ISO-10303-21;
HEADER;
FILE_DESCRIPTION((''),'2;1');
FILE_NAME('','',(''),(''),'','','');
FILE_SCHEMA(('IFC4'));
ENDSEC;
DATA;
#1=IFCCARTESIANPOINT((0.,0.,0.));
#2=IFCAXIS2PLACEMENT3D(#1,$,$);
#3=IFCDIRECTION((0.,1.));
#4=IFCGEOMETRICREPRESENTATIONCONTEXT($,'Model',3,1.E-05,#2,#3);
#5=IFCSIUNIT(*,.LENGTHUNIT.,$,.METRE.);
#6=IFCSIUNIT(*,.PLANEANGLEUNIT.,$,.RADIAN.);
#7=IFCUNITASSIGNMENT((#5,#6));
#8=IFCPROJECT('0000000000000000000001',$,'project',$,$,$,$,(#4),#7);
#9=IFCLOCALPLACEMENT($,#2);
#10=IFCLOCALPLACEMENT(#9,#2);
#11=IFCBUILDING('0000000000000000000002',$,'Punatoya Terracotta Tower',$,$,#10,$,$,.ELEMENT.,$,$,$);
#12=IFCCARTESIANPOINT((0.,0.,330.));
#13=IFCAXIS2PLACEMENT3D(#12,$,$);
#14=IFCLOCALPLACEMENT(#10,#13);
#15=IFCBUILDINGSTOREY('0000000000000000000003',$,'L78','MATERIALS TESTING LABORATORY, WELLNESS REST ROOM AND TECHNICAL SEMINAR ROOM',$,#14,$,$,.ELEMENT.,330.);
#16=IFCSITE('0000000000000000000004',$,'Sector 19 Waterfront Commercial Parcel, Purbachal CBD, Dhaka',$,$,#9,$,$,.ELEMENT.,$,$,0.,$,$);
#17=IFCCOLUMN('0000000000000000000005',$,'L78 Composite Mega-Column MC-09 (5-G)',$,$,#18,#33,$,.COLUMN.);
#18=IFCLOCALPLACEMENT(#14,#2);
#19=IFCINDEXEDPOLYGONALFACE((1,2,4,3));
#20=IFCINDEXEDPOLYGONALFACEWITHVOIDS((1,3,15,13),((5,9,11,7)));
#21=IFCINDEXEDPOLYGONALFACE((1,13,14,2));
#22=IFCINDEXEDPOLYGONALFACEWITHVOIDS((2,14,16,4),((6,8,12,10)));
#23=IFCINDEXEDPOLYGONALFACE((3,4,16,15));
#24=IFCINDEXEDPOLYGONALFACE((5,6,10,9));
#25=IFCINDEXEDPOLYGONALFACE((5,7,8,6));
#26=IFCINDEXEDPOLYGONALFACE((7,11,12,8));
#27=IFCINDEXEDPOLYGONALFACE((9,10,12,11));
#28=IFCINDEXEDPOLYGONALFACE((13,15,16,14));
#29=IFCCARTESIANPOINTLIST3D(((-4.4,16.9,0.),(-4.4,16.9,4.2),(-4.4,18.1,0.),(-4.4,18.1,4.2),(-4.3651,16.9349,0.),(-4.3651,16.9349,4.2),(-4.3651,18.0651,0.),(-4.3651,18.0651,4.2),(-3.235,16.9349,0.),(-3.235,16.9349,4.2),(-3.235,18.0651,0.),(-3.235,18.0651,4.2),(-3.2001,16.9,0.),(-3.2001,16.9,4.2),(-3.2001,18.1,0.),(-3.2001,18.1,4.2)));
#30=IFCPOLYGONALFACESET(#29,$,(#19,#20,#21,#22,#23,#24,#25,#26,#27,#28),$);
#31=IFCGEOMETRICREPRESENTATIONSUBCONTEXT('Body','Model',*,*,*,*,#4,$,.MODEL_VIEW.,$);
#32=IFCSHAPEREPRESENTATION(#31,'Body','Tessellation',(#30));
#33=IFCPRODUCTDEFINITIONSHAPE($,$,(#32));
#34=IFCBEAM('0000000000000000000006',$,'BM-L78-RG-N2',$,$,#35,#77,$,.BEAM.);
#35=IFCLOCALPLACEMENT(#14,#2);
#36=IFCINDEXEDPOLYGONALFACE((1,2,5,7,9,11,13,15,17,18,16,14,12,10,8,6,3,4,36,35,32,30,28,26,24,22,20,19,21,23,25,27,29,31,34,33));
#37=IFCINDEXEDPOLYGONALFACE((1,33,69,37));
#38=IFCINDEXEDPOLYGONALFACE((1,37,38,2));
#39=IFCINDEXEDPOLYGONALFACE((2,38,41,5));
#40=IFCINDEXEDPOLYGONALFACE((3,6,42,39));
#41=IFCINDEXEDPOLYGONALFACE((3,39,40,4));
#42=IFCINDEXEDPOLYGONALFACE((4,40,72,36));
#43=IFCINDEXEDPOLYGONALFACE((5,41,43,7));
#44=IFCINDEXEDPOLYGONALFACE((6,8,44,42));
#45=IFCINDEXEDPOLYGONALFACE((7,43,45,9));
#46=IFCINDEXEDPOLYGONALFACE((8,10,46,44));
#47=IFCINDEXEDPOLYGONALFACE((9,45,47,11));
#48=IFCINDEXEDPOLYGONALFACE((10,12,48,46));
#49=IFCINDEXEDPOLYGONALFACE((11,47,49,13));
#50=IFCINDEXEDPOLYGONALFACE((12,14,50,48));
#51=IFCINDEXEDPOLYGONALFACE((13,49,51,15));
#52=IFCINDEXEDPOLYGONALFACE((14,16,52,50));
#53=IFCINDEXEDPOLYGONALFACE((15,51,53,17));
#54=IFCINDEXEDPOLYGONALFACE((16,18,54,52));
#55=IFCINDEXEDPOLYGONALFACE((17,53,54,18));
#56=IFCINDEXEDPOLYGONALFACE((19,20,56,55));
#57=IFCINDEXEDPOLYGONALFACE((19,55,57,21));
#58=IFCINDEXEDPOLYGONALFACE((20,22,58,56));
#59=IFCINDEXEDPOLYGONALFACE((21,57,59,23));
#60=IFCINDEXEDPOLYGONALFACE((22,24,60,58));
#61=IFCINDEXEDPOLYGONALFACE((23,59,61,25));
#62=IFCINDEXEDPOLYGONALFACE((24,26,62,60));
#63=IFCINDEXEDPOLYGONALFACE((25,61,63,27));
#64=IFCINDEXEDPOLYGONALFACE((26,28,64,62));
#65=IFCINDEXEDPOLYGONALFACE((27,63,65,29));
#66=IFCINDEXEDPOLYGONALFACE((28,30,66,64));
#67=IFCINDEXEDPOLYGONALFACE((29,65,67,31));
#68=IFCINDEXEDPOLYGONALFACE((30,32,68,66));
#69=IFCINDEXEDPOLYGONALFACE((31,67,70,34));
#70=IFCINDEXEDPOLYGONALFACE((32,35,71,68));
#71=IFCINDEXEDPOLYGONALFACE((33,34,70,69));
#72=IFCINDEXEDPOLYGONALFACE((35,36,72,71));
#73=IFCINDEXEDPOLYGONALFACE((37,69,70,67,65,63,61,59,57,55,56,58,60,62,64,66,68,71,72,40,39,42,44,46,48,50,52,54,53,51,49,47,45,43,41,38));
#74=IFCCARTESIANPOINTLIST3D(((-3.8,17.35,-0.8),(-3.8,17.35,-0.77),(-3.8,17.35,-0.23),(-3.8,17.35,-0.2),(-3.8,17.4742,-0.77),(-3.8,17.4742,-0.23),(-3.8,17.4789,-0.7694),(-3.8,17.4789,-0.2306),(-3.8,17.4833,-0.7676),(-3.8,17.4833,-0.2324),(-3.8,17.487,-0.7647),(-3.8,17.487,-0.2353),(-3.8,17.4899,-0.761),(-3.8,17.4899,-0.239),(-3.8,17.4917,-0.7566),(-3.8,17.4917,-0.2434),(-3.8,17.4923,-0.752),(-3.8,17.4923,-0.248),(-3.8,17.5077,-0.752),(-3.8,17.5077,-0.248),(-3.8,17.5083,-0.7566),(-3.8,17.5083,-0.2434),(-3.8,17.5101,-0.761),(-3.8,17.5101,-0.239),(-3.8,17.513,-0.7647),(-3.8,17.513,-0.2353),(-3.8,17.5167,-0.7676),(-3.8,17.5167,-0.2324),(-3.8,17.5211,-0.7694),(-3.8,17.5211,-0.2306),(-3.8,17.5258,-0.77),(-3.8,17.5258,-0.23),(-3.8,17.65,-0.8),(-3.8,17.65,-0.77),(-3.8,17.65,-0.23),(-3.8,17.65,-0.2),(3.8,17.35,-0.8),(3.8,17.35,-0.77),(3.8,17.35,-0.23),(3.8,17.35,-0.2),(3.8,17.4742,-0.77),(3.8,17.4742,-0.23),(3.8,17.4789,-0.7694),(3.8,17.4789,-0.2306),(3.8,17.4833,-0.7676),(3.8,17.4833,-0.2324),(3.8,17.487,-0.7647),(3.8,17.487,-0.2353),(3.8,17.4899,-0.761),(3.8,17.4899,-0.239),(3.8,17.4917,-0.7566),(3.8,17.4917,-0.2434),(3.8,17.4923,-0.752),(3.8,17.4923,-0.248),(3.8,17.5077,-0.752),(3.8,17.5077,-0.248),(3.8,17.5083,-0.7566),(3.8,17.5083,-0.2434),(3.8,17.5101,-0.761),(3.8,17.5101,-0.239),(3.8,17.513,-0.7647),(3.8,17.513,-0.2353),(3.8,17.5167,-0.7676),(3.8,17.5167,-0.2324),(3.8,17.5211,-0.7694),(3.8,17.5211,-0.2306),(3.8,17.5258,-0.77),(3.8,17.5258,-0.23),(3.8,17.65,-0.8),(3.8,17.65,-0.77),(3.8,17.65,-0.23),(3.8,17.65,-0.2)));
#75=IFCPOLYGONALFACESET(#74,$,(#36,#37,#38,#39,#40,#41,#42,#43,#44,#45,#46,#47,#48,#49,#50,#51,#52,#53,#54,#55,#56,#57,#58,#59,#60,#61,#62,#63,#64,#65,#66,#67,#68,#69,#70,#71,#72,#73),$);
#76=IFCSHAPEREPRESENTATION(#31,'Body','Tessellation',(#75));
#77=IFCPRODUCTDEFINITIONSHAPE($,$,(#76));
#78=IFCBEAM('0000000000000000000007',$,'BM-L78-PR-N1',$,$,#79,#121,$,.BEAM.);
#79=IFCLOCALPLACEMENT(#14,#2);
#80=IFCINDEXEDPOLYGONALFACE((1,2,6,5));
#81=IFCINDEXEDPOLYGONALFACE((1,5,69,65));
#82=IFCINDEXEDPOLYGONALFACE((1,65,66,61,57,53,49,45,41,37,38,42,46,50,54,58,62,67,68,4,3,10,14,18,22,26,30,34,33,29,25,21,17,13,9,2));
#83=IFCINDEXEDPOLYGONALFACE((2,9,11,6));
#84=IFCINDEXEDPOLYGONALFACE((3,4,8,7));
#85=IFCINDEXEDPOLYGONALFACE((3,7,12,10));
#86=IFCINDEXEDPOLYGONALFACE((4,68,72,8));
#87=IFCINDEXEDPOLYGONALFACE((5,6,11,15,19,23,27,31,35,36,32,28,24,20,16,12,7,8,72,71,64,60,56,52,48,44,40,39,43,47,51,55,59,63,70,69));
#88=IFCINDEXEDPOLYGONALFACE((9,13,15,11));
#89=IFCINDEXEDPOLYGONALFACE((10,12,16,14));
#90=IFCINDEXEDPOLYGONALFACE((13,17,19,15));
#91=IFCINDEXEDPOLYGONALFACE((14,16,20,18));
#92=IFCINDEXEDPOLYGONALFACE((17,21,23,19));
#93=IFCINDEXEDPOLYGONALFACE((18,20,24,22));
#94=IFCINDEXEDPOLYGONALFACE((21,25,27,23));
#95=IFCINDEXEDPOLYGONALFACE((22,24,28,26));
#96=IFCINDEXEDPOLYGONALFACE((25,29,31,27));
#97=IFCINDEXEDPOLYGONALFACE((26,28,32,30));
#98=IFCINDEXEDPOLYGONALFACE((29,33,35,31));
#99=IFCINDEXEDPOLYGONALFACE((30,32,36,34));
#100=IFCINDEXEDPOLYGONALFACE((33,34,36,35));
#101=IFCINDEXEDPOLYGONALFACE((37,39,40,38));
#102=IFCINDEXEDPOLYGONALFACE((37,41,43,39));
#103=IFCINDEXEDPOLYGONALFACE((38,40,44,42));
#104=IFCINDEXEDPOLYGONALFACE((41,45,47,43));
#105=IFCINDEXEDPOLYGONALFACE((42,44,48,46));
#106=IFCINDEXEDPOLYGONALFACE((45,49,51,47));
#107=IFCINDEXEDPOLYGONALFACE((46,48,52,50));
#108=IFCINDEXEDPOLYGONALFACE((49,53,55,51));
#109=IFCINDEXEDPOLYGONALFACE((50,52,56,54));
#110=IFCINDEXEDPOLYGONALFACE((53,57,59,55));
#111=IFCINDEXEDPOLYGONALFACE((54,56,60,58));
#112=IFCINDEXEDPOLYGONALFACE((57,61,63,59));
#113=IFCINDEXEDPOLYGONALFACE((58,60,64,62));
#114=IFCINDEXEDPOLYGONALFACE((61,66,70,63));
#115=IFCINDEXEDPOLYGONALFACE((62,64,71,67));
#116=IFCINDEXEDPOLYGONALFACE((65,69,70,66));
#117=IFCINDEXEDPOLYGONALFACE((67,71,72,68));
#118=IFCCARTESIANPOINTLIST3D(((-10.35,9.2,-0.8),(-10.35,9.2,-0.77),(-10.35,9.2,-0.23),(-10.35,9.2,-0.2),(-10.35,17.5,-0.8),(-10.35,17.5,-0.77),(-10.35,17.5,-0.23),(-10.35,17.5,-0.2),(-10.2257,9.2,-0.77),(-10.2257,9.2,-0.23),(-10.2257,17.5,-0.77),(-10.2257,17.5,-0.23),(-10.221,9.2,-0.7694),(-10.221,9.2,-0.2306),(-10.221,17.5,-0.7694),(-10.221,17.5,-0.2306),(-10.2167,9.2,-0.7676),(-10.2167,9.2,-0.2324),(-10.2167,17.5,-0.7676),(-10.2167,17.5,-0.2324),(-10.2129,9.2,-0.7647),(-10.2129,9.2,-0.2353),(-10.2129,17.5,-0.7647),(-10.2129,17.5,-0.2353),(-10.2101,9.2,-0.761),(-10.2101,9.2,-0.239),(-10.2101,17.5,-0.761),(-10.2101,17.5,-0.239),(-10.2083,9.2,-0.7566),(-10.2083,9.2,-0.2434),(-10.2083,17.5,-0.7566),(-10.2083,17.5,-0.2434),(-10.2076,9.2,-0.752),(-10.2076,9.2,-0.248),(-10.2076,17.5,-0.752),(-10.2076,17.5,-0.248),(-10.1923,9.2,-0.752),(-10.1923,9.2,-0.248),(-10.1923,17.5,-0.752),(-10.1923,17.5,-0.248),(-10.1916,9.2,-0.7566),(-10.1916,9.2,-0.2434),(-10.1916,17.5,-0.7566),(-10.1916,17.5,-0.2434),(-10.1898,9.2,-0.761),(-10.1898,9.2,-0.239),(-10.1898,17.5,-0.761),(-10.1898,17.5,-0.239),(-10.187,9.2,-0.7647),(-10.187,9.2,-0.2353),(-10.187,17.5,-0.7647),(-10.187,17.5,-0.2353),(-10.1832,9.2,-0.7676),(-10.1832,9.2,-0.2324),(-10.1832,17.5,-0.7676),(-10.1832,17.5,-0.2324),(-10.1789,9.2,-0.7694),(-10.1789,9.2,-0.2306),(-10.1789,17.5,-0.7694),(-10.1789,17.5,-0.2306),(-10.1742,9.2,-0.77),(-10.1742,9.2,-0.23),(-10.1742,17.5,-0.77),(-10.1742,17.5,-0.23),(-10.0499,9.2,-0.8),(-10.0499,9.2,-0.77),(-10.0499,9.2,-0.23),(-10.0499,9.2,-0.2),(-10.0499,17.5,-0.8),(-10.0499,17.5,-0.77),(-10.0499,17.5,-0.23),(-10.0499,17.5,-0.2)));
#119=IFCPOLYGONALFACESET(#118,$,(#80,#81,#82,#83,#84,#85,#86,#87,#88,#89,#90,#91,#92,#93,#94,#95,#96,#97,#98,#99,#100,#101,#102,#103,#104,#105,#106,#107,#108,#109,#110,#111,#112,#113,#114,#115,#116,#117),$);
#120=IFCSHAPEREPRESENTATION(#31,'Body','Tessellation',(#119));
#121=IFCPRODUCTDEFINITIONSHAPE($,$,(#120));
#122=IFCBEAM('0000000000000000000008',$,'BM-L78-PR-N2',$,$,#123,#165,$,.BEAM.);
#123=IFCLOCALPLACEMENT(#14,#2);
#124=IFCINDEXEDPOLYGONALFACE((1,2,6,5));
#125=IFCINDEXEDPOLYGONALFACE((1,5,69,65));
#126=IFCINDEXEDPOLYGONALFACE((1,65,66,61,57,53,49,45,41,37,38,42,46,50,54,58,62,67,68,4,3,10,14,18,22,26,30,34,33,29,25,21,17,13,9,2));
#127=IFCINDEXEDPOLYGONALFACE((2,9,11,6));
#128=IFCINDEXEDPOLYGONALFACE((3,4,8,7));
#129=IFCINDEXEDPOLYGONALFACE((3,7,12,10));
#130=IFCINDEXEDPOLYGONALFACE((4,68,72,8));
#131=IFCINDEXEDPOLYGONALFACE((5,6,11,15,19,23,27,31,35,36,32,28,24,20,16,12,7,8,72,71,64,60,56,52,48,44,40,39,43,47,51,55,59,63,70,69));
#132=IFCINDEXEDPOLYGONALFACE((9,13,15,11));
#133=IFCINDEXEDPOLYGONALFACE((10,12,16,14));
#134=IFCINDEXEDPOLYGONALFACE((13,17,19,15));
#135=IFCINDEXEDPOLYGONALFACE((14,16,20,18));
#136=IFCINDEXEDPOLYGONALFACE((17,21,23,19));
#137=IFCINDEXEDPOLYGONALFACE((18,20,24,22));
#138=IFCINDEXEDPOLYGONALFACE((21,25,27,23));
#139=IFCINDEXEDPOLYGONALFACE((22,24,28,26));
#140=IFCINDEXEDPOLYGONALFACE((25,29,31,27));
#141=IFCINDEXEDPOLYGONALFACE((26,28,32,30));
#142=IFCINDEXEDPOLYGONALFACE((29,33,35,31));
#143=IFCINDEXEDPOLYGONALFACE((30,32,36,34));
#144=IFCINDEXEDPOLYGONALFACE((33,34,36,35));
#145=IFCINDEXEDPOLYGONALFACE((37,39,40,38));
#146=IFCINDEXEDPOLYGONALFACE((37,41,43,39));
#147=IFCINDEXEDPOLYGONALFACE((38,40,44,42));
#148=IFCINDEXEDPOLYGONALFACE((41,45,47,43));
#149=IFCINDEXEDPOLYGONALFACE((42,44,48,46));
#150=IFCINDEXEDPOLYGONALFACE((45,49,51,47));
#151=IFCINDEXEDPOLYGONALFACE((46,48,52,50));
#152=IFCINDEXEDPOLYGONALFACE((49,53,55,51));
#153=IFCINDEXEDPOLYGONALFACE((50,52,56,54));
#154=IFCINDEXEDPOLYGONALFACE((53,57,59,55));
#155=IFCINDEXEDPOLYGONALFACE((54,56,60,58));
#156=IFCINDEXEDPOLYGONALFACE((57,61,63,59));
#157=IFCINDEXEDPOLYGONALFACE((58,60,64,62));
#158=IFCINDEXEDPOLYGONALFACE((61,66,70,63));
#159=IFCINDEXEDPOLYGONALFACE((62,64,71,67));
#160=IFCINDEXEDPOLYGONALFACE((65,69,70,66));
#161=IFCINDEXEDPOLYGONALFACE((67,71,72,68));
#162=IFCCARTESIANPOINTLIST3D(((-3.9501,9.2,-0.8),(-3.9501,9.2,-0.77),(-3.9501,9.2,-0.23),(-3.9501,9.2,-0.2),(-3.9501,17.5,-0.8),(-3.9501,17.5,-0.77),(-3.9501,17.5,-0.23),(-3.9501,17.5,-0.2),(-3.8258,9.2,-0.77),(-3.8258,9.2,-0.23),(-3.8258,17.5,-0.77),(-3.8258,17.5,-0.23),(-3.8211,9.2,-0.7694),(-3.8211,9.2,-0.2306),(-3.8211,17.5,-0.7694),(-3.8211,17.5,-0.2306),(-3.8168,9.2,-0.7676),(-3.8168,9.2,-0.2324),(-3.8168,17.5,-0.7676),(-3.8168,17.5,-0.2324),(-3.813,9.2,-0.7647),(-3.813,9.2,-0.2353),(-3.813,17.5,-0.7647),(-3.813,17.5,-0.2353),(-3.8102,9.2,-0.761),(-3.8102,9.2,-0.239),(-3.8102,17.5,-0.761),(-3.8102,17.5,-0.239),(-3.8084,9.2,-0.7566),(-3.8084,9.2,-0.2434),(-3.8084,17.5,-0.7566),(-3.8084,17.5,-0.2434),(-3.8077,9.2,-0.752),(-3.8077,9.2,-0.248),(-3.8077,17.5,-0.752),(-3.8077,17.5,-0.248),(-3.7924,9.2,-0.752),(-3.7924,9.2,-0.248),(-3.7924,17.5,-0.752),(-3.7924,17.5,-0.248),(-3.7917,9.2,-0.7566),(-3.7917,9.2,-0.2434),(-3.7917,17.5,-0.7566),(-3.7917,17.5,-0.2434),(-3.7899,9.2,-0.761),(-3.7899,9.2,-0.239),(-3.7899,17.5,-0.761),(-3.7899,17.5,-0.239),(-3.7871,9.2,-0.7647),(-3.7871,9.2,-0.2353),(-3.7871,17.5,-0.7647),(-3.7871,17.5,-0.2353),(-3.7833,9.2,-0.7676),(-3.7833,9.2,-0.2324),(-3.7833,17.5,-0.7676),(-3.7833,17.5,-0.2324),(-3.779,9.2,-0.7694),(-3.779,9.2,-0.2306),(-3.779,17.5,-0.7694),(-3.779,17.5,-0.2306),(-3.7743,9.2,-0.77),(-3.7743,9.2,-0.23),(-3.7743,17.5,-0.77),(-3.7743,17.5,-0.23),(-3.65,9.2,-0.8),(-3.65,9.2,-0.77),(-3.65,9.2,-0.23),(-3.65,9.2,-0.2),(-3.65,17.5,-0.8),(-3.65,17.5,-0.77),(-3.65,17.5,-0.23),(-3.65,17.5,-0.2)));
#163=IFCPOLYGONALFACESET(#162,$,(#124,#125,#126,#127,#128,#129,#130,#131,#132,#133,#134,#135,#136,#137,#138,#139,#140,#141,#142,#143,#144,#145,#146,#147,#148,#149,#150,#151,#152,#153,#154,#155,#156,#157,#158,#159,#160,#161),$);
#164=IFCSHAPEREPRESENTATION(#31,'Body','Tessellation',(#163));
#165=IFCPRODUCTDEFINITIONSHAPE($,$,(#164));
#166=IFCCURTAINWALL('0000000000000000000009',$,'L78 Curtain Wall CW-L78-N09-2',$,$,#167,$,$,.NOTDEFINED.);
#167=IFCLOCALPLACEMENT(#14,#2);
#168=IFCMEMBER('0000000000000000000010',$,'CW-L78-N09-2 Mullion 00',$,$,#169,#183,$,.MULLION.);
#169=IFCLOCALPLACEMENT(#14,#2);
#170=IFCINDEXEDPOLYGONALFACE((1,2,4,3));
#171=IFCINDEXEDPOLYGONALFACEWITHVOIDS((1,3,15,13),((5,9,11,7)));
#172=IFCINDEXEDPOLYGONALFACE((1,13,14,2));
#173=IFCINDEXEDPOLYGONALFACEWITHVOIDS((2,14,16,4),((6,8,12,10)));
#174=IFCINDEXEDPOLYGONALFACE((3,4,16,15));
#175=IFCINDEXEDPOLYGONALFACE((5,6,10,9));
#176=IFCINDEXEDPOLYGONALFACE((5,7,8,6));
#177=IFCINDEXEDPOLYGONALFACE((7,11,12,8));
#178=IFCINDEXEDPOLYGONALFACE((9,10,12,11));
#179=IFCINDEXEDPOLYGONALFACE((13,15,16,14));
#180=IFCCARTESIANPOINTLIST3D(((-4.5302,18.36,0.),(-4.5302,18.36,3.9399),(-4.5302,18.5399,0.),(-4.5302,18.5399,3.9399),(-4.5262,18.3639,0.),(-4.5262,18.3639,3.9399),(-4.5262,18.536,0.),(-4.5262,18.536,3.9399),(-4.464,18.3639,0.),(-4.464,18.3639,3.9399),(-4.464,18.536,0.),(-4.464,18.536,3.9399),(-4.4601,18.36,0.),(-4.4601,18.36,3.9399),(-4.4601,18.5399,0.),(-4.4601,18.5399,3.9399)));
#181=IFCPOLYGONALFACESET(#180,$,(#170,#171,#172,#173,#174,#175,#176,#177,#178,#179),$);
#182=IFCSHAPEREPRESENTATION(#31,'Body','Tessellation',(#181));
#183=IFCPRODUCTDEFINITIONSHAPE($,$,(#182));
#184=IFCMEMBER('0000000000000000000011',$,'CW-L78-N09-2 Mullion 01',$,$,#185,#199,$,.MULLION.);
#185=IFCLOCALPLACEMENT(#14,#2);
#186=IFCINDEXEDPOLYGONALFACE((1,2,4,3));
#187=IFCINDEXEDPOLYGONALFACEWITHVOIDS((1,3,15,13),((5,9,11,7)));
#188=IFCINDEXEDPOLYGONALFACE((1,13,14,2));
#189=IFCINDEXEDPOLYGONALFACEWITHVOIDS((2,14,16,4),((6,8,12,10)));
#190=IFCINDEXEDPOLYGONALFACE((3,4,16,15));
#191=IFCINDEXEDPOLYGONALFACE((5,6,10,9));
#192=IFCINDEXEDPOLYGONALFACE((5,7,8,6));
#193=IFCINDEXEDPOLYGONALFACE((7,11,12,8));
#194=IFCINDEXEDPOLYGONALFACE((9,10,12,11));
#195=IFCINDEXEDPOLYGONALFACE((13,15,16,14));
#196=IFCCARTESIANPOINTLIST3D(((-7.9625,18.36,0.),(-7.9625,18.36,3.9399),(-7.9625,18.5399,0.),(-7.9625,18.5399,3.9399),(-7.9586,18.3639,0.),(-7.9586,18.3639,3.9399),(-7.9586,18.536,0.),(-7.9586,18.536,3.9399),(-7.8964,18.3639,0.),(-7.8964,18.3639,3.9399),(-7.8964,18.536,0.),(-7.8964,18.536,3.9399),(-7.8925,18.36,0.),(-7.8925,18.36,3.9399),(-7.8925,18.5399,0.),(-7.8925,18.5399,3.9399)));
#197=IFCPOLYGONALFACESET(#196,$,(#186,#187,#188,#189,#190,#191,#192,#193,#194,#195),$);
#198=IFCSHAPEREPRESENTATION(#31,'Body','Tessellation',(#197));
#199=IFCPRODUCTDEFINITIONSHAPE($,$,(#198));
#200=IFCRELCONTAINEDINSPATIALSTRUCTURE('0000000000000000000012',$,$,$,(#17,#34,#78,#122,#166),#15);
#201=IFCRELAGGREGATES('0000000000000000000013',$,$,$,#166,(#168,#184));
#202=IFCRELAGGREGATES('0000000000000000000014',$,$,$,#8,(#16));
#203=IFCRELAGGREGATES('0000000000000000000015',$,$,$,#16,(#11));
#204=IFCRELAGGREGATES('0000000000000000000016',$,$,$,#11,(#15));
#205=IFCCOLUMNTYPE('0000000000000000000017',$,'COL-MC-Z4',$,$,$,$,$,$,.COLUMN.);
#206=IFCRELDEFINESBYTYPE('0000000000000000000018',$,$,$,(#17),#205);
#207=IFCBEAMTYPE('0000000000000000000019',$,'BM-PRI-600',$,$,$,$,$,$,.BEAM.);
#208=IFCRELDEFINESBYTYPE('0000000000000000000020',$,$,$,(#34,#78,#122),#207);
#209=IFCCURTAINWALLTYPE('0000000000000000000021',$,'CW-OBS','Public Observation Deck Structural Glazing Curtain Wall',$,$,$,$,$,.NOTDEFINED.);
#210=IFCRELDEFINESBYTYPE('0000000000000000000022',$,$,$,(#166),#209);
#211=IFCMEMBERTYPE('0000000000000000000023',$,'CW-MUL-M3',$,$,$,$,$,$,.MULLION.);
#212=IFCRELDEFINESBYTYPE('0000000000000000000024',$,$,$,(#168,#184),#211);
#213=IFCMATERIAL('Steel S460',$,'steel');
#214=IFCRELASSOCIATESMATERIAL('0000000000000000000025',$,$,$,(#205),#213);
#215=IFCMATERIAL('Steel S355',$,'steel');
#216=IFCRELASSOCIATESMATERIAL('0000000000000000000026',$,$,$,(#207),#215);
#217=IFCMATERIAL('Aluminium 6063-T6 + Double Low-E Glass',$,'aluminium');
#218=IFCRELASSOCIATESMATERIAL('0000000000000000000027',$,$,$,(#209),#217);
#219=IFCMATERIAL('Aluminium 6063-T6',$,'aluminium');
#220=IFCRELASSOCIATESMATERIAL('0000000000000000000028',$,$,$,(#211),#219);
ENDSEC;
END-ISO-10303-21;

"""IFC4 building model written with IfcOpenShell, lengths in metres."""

from ifc_helpers import new_model, si_unit, direction, frame, origin, origin_2d, place, context, subcontext, project, spatial, hollow_rectangle, i_section, extrude, material, material_profile, profile_set, type_object, element, aggregate, save


model = new_model("IFC4")

# Units and contexts
model_context = context("Model", 3, precision=1e-05, world=origin(), true_north=direction((0.0, 1.0)))
body_context = subcontext(model_context, "Body", "Model", "MODEL_VIEW")
ifc_project = project(units=[si_unit("LENGTHUNIT", "METRE"), si_unit("PLANEANGLEUNIT", "RADIAN")], contexts=[model_context])

# Site, building, storey
site_placement = place(None, origin())
site = spatial("IfcSite", under=ifc_project, at=site_placement, Name="Sector 19 Waterfront Commercial Parcel, Purbachal CBD, Dhaka", CompositionType="ELEMENT", RefElevation=0.0)
building_placement = place(site_placement, origin())
building = spatial("IfcBuilding", under=site, at=building_placement, Name="Punatoya Terracotta Tower", CompositionType="ELEMENT")
storey_placement = place(building_placement, frame((0.0, 0.0, 330.0)))
storey = spatial("IfcBuildingStorey", under=building, at=storey_placement, Name="L78", Description="MATERIALS TESTING LABORATORY, WELLNESS REST ROOM AND TECHNICAL SEMINAR ROOM", CompositionType="ELEMENT", Elevation=330.0)

# Column
ifc_material_1 = material(Name="Steel S460", Category="steel")
ifc_material_profile_1 = material_profile(ifc_material_1, hollow_rectangle(XDim=1.2, YDim=1.2, WallThickness=0.0349, at=origin_2d()))
ifc_profile_set_1 = profile_set([ifc_material_profile_1], Name="Steel S460")
column_type = type_object("IfcColumnType", Name="COL-MC-Z4", PredefinedType="COLUMN", material=ifc_profile_set_1)
column_placement = place(storey_placement, frame((-3.8, 17.5, 0.0), z_axis=(0.0, 0.0, 1.0), x_axis=(1.0, 0.0, 0.0)))
element("IfcColumn", 1, at=column_placement, inside=storey, type_object=column_type, Name="L78 Composite Mega-Column MC-09 (5-G)", PredefinedType="COLUMN", context=body_context, shape_type="SweptSolid", body=[
    extrude(hollow_rectangle(XDim=1.2, YDim=1.2, WallThickness=0.0349, at=origin_2d()), origin(), (0.0, 0.0, 1.0), 4.2),
])

# Beams
ifc_material_2 = material(Name="Steel S355", Category="steel")
ifc_material_profile_2 = material_profile(ifc_material_2, i_section(OverallWidth=0.3, OverallDepth=0.6001, WebThickness=0.0154, FlangeThickness=0.03, FilletRadius=0.0181, at=origin_2d()))
ifc_profile_set_2 = profile_set([ifc_material_profile_2], Name="Steel S355")
beam_type = type_object("IfcBeamType", Name="BM-PRI-600", PredefinedType="BEAM", material=ifc_profile_set_2)
beam_placement = place(storey_placement, frame((-3.8, 17.5, -0.5), z_axis=(1.0, 0.0, 0.0), x_axis=(0.0, 1.0, 0.0)))
element("IfcBeam", 2, at=beam_placement, inside=storey, type_object=beam_type, Name="BM-L78-RG-N2", PredefinedType="BEAM", context=body_context, shape_type="SweptSolid", body=[
    extrude(i_section(OverallWidth=0.3, OverallDepth=0.6001, WebThickness=0.0154, FlangeThickness=0.03, FilletRadius=0.0181, at=origin_2d()), origin(), (0.0, 0.0, 1.0), 7.6001),
])
for number, where, z_axis, x_axis, name in (
    (3, (-10.2, 9.2, -0.5), (0.0, 1.0, 0.0), (-1.0, 0.0, 0.0), "BM-L78-PR-N1"),
    (4, (-3.8, 9.2, -0.5), (0.0, 1.0, 0.0), (-1.0, 0.0, 0.0), "BM-L78-PR-N2"),
):
    element("IfcBeam", number, at=place(storey_placement, frame(where, z_axis=z_axis, x_axis=x_axis)), inside=storey, type_object=beam_type, Name=name, PredefinedType="BEAM", context=body_context, shape_type="SweptSolid", body=[
        extrude(i_section(OverallWidth=0.3, OverallDepth=0.6001, WebThickness=0.0154, FlangeThickness=0.03, FilletRadius=0.0181, at=origin_2d()), origin(), (0.0, 0.0, 1.0), 8.3),
    ])

# Curtain wall, members
ifc_material_3 = material(Name="Aluminium 6063-T6 + Double Low-E Glass", Category="aluminium")
curtain_wall_type = type_object("IfcCurtainWallType", Name="CW-OBS", Description="Public Observation Deck Structural Glazing Curtain Wall", PredefinedType="NOTDEFINED", material=ifc_material_3)
curtain_wall_placement = place(storey_placement, origin())
curtain_wall = element("IfcCurtainWall", 5, at=curtain_wall_placement, inside=storey, type_object=curtain_wall_type, Name="L78 Curtain Wall CW-L78-N09-2", PredefinedType="NOTDEFINED")
ifc_material_4 = material(Name="Aluminium 6063-T6", Category="aluminium")
ifc_material_profile_3 = material_profile(ifc_material_4, hollow_rectangle(XDim=0.0701, YDim=0.1799, WallThickness=0.0039, at=origin_2d()))
ifc_profile_set_3 = profile_set([ifc_material_profile_3], Name="Aluminium 6063-T6")
member_type_1 = type_object("IfcMemberType", Name="CW-MUL-M3", PredefinedType="MULLION", material=ifc_profile_set_3)
member_1_placement = place(storey_placement, frame((-4.4951, 18.45, 0.0), z_axis=(0.0, 0.0, 1.0), x_axis=(1.0, 0.0, 0.0)))
member_1 = element("IfcMember", 6, at=member_1_placement, type_object=member_type_1, Name="CW-L78-N09-2 Mullion 00", PredefinedType="MULLION", context=body_context, shape_type="SweptSolid", body=[
    extrude(hollow_rectangle(XDim=0.0701, YDim=0.1799, WallThickness=0.0039, at=origin_2d()), origin(), (0.0, 0.0, 1.0), 3.9399),
])
member_2_placement = place(storey_placement, frame((-7.9275, 18.45, 0.0), z_axis=(0.0, 0.0, 1.0), x_axis=(1.0, 0.0, 0.0)))
member_2 = element("IfcMember", 7, at=member_2_placement, type_object=member_type_1, Name="CW-L78-N09-2 Mullion 01", PredefinedType="MULLION", context=body_context, shape_type="SweptSolid", body=[
    extrude(hollow_rectangle(XDim=0.0701, YDim=0.1799, WallThickness=0.0039, at=origin_2d()), origin(), (0.0, 0.0, 1.0), 3.9399),
])

aggregate(curtain_wall, [member_1, member_2])

save(model, "model.ifc")
